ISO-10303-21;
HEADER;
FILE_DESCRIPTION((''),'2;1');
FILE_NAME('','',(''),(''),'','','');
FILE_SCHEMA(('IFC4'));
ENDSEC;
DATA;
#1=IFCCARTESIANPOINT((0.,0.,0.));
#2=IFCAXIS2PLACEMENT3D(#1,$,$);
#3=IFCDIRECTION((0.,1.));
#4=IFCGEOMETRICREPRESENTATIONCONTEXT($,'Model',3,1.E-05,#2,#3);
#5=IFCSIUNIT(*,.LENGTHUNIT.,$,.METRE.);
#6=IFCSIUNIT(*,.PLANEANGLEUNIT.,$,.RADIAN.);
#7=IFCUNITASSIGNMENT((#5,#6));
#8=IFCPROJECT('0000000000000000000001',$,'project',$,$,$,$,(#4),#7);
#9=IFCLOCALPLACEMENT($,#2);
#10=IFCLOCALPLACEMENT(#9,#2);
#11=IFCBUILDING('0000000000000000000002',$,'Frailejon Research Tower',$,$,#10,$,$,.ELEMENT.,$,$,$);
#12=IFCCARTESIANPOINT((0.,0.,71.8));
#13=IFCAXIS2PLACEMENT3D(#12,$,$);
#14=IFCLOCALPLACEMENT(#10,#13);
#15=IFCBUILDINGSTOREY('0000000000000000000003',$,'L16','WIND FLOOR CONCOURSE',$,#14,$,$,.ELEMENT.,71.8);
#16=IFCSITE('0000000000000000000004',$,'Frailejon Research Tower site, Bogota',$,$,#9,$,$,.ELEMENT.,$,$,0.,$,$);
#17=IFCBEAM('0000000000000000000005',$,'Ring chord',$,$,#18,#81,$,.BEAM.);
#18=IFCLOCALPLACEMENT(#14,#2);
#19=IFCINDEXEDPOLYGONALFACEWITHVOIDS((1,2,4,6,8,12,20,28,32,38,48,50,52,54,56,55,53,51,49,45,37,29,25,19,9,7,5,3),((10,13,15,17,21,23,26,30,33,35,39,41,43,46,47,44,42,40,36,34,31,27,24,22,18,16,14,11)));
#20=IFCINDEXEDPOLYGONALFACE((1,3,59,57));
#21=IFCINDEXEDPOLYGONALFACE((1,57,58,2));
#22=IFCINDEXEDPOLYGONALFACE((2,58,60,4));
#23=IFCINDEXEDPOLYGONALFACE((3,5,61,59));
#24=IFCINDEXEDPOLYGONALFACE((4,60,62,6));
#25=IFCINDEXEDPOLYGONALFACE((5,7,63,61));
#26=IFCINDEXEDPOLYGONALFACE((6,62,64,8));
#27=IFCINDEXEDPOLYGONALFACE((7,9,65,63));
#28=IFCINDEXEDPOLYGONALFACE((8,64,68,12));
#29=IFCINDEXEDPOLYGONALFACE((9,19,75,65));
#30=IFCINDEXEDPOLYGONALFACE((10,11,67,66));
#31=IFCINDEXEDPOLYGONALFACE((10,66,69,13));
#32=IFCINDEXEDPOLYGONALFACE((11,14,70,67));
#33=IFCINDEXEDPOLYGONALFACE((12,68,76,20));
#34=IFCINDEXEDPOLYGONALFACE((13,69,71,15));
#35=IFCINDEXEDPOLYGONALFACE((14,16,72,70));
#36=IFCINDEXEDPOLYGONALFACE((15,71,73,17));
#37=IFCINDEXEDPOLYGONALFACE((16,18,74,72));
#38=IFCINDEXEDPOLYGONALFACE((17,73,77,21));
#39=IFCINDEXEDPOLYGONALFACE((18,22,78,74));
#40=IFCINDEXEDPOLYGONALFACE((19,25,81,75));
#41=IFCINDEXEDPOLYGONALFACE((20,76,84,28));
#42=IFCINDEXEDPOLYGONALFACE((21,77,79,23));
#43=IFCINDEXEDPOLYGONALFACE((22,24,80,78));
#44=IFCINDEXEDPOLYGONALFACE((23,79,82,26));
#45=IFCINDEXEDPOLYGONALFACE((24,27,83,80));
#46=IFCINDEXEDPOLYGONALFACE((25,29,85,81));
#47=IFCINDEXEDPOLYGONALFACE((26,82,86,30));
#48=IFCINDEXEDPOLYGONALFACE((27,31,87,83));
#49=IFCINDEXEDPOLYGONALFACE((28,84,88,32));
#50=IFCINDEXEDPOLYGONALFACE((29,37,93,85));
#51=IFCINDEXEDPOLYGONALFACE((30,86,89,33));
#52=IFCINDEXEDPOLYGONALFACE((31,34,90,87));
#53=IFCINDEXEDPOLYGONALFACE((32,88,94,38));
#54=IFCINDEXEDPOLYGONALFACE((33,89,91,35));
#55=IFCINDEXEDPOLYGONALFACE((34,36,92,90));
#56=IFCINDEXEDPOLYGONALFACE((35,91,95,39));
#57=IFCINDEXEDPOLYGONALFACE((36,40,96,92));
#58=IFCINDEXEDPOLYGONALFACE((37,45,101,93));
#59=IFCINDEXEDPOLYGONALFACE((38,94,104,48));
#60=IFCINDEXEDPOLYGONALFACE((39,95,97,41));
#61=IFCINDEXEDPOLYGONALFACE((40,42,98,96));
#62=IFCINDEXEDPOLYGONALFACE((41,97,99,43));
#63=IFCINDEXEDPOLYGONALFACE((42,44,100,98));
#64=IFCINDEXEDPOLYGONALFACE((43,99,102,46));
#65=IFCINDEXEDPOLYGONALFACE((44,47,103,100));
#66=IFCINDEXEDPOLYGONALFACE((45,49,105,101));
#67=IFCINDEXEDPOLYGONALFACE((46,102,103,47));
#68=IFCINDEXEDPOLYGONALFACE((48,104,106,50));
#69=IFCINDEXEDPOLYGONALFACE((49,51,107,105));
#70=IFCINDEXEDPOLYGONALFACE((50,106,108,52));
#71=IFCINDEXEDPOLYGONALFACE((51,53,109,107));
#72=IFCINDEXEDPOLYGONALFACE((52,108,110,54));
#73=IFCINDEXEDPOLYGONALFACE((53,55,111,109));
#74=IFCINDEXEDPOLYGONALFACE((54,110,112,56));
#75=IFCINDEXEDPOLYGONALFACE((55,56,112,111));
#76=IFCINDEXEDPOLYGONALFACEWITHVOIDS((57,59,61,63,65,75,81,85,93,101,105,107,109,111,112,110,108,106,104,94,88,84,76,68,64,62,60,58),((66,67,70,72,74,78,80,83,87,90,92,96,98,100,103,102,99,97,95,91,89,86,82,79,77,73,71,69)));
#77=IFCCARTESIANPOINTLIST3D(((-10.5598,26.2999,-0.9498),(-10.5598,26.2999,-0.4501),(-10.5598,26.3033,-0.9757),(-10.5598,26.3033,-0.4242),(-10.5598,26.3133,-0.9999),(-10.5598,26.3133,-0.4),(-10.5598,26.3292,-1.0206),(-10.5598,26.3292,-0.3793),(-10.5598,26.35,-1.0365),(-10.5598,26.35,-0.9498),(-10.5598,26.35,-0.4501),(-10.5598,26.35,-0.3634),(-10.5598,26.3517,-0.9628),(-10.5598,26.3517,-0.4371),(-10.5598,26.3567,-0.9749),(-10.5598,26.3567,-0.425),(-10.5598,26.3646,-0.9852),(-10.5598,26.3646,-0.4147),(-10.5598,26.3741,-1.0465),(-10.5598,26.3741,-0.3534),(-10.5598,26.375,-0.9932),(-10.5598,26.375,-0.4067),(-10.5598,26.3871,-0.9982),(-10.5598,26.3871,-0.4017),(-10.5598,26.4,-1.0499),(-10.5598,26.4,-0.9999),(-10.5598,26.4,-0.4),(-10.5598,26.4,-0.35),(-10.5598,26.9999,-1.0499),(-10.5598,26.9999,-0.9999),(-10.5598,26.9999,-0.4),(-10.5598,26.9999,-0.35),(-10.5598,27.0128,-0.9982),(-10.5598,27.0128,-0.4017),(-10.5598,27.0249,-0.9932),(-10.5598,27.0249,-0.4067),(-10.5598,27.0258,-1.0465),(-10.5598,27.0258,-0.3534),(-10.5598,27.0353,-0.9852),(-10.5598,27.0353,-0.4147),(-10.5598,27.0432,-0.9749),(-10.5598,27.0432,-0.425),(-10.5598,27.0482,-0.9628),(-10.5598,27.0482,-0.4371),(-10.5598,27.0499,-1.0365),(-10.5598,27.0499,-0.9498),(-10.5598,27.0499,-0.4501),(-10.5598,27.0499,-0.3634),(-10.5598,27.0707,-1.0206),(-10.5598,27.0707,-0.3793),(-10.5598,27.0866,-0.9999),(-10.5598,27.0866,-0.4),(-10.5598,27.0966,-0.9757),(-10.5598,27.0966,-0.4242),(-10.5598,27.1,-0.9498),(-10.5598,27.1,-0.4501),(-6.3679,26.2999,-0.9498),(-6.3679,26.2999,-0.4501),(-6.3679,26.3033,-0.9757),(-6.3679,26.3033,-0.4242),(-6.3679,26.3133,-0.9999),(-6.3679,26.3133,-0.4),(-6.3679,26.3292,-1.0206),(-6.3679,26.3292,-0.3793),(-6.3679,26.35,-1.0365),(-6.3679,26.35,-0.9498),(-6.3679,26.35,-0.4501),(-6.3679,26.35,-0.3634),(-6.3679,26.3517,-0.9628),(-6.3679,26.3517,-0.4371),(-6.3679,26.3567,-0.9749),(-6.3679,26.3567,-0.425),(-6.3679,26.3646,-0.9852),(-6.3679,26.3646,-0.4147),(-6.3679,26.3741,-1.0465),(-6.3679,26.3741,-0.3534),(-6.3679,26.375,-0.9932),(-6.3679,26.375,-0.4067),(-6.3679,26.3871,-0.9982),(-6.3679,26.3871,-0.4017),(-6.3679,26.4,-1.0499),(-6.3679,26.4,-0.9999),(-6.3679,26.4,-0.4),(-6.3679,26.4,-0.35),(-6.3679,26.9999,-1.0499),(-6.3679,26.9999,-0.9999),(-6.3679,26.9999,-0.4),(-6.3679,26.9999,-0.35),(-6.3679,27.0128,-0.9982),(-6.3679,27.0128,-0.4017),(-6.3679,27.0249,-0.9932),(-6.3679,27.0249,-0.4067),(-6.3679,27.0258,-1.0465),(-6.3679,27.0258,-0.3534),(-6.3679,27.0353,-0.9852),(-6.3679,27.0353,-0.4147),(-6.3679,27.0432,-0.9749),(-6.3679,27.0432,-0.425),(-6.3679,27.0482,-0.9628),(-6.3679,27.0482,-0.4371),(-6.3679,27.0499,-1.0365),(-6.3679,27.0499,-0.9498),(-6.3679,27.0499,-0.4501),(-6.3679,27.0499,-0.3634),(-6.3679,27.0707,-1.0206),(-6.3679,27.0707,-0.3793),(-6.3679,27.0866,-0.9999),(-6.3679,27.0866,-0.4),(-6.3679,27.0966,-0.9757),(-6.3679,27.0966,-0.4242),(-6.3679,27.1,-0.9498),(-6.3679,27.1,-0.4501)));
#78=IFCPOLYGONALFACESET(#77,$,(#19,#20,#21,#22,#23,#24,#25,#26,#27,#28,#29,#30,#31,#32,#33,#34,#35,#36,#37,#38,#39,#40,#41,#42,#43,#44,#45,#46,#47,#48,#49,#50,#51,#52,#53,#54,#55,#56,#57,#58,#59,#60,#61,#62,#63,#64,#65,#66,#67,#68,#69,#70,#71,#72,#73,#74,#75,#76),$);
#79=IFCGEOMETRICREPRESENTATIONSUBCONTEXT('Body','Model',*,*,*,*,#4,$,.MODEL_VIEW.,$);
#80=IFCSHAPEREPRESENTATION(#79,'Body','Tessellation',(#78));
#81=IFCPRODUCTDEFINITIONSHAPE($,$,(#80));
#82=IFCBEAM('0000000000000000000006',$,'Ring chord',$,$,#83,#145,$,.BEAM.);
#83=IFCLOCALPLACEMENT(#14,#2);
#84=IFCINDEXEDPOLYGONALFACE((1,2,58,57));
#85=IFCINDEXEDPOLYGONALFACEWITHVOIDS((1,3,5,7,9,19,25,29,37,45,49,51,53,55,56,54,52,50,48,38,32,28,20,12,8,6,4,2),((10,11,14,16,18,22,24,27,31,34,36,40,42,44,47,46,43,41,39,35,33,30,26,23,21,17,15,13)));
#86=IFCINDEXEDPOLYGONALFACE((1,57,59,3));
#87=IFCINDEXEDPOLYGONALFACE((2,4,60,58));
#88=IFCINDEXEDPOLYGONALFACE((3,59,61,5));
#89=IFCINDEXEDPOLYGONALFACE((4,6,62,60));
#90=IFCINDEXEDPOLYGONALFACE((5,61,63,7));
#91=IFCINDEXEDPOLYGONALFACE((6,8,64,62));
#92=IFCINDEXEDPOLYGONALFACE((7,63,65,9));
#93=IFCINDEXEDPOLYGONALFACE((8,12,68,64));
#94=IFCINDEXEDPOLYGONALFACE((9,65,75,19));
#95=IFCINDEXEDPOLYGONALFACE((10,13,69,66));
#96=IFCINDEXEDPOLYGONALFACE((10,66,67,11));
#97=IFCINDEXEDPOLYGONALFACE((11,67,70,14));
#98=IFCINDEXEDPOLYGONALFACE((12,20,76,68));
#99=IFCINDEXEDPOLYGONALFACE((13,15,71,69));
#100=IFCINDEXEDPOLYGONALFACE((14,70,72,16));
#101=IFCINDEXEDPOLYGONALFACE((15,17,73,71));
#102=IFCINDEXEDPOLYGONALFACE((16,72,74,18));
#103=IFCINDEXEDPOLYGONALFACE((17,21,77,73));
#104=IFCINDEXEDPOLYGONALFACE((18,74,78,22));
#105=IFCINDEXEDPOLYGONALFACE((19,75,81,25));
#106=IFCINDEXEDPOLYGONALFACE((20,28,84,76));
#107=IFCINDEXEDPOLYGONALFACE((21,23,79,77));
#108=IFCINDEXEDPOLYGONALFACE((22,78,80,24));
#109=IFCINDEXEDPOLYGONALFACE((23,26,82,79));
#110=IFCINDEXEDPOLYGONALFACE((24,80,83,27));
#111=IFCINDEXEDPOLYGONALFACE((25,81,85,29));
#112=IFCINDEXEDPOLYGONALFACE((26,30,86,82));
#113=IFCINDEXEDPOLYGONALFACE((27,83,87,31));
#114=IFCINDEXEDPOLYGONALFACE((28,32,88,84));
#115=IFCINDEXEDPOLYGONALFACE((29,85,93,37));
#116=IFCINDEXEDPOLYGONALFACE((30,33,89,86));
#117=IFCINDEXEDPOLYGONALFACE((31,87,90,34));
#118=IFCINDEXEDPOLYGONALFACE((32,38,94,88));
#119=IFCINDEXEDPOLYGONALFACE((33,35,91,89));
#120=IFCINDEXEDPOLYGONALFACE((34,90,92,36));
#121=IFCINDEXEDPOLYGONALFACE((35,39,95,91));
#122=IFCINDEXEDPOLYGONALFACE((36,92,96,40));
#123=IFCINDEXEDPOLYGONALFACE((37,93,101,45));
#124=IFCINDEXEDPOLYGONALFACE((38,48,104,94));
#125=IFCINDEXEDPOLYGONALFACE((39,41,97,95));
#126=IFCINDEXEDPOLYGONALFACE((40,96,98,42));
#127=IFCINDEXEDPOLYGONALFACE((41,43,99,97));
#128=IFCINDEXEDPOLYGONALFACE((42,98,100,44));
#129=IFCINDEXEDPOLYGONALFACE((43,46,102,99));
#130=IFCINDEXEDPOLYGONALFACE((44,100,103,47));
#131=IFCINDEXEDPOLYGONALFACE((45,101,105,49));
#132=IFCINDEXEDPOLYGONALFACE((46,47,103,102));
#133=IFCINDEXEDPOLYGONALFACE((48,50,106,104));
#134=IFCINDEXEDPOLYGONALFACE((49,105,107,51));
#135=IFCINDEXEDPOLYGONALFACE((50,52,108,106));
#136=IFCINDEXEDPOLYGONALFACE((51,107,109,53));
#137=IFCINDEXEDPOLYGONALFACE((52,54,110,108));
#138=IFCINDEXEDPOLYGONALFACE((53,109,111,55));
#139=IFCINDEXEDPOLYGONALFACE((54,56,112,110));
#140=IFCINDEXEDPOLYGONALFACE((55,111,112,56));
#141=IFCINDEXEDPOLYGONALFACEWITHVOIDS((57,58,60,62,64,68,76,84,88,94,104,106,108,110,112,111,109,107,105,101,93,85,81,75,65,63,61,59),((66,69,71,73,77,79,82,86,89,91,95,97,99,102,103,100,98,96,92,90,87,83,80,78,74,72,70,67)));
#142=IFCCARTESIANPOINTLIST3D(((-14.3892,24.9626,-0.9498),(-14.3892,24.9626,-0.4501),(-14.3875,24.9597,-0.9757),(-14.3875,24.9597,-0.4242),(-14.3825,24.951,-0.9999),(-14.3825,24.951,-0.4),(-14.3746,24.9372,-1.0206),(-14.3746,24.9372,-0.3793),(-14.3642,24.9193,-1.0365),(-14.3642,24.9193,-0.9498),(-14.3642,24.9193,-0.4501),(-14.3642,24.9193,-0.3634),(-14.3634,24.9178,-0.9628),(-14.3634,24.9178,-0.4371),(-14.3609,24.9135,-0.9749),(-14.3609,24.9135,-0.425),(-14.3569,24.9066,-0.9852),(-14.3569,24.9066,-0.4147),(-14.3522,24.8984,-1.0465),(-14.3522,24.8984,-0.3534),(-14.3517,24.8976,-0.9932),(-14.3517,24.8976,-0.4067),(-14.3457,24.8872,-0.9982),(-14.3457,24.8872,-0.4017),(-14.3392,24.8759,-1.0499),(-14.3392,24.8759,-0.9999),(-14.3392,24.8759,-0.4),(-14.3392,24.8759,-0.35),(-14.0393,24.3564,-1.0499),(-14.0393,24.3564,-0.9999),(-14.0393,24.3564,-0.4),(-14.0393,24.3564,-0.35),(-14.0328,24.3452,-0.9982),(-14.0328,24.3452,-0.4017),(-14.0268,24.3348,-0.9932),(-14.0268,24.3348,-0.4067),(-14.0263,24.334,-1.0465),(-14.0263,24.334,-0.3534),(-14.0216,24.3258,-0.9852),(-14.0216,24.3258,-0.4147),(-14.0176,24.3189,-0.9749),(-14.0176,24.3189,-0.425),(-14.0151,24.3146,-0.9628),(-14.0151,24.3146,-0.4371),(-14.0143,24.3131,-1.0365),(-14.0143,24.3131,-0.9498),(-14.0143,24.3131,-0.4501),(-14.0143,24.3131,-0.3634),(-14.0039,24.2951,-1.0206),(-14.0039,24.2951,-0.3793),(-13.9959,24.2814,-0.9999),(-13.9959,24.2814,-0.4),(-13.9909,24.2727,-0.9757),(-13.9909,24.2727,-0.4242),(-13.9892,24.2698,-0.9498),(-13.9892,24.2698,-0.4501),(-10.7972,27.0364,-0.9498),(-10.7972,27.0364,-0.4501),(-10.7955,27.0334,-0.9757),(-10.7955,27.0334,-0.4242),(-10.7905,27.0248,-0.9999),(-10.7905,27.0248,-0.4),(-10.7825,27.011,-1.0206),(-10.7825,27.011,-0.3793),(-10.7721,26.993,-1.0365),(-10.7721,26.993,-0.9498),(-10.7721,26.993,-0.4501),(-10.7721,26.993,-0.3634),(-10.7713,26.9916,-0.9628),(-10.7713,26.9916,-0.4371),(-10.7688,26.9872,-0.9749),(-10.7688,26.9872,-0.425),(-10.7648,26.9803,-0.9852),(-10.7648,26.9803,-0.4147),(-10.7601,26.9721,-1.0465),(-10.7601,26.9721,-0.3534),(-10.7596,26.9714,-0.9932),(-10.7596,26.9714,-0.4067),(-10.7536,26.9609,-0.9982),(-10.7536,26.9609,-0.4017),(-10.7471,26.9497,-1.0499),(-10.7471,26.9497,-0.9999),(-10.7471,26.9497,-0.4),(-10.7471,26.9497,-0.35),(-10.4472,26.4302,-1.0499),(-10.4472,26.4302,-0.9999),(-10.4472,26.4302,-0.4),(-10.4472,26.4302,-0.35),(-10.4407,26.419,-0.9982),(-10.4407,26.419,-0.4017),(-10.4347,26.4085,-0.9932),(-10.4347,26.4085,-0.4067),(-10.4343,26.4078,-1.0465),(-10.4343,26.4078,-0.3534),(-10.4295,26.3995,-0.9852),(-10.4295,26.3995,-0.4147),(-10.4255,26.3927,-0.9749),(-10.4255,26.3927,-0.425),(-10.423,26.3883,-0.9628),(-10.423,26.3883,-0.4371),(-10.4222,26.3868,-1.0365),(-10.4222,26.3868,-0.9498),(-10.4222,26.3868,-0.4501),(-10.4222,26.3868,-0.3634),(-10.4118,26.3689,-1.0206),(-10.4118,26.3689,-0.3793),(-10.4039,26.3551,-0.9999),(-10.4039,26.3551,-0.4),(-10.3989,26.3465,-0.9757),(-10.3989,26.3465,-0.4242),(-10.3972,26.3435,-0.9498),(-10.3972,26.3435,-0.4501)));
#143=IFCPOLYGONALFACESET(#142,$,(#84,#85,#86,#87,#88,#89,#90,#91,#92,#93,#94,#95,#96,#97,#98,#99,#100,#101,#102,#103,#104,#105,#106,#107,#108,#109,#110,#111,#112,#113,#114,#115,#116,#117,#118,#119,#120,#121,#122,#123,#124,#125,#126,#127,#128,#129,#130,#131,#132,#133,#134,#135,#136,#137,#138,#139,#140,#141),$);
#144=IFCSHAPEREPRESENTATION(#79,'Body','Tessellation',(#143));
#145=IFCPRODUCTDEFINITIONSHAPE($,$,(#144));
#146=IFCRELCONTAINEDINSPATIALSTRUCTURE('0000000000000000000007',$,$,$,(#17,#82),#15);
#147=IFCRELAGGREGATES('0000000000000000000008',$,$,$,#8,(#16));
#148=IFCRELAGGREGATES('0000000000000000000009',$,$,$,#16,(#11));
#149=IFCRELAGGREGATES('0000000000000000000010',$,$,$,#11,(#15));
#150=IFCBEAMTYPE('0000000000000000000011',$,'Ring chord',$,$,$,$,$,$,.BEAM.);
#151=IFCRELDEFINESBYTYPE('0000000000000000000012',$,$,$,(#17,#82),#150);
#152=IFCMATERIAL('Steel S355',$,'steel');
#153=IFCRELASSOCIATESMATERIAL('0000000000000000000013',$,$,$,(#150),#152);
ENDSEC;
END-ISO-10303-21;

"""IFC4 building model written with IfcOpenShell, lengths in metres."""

from ifc_helpers import new_model, si_unit, direction, frame, origin, origin_2d, place, context, subcontext, project, spatial, hollow_rectangle, extrude, material, material_profile, profile_set, type_object, element, save


model = new_model("IFC4")

# Units and contexts
model_context = context("Model", 3, precision=1e-05, world=origin(), true_north=direction((0.0, 1.0)))
body_context = subcontext(model_context, "Body", "Model", "MODEL_VIEW")
ifc_project = project(units=[si_unit("LENGTHUNIT", "METRE"), si_unit("PLANEANGLEUNIT", "RADIAN")], contexts=[model_context])

# Site, building, storey
site_placement = place(None, origin())
site = spatial("IfcSite", under=ifc_project, at=site_placement, Name="Frailejon Research Tower site, Bogota", CompositionType="ELEMENT", RefElevation=0.0)
building_placement = place(site_placement, origin())
building = spatial("IfcBuilding", under=site, at=building_placement, Name="Frailejon Research Tower", CompositionType="ELEMENT")
storey_placement = place(building_placement, frame((0.0, 0.0, 71.8)))
storey = spatial("IfcBuildingStorey", under=building, at=storey_placement, Name="L16", Description="WIND FLOOR CONCOURSE", CompositionType="ELEMENT", Elevation=71.8)

# Beams
ifc_material_1 = material(Name="Steel S355", Category="steel")
ifc_material_profile_1 = material_profile(ifc_material_1, hollow_rectangle(XDim=0.8, YDim=0.7, WallThickness=0.05, InnerFilletRadius=0.05, OuterFilletRadius=0.1001, at=origin_2d()), Name="Ring chord")
ifc_profile_set_1 = profile_set([ifc_material_profile_1], Name="Steel S355")
beam_type_1 = type_object("IfcBeamType", Name="Ring chord", PredefinedType="BEAM", material=ifc_profile_set_1)
for number, where, z_axis, x_axis, name in (
    (1, (-6.3679, 26.7, -0.7), (-1.0, 0.0, 0.0), (0.0, -1.0, 0.0), "Ring chord"),
):
    element("IfcBeam", number, at=place(storey_placement, frame(where, z_axis=z_axis, x_axis=x_axis)), inside=storey, type_object=beam_type_1, Name=name, PredefinedType="BEAM", context=body_context, shape_type="SweptSolid", body=[
        extrude(hollow_rectangle(XDim=0.8, YDim=0.7, WallThickness=0.05, InnerFilletRadius=0.05, OuterFilletRadius=0.1001, at=origin_2d()), origin(), (0.0, 0.0, 1.0), 4.1919),
    ])
for number, where, z_axis, x_axis, name in (
    (2, (-10.5972, 26.6899, -0.7), (-0.86604, -0.499976, 0.0), (0.499976, -0.86604, 0.0), "Ring chord"),
):
    element("IfcBeam", number, at=place(storey_placement, frame(where, z_axis=z_axis, x_axis=x_axis)), inside=storey, type_object=beam_type_1, Name=name, PredefinedType="BEAM", context=body_context, shape_type="SweptSolid", body=[
        extrude(hollow_rectangle(XDim=0.8, YDim=0.7, WallThickness=0.05, InnerFilletRadius=0.05, OuterFilletRadius=0.1001, at=origin_2d()), origin(), (0.0, 0.0, 1.0), 4.1477),
    ])

save(model, "model.ifc")
